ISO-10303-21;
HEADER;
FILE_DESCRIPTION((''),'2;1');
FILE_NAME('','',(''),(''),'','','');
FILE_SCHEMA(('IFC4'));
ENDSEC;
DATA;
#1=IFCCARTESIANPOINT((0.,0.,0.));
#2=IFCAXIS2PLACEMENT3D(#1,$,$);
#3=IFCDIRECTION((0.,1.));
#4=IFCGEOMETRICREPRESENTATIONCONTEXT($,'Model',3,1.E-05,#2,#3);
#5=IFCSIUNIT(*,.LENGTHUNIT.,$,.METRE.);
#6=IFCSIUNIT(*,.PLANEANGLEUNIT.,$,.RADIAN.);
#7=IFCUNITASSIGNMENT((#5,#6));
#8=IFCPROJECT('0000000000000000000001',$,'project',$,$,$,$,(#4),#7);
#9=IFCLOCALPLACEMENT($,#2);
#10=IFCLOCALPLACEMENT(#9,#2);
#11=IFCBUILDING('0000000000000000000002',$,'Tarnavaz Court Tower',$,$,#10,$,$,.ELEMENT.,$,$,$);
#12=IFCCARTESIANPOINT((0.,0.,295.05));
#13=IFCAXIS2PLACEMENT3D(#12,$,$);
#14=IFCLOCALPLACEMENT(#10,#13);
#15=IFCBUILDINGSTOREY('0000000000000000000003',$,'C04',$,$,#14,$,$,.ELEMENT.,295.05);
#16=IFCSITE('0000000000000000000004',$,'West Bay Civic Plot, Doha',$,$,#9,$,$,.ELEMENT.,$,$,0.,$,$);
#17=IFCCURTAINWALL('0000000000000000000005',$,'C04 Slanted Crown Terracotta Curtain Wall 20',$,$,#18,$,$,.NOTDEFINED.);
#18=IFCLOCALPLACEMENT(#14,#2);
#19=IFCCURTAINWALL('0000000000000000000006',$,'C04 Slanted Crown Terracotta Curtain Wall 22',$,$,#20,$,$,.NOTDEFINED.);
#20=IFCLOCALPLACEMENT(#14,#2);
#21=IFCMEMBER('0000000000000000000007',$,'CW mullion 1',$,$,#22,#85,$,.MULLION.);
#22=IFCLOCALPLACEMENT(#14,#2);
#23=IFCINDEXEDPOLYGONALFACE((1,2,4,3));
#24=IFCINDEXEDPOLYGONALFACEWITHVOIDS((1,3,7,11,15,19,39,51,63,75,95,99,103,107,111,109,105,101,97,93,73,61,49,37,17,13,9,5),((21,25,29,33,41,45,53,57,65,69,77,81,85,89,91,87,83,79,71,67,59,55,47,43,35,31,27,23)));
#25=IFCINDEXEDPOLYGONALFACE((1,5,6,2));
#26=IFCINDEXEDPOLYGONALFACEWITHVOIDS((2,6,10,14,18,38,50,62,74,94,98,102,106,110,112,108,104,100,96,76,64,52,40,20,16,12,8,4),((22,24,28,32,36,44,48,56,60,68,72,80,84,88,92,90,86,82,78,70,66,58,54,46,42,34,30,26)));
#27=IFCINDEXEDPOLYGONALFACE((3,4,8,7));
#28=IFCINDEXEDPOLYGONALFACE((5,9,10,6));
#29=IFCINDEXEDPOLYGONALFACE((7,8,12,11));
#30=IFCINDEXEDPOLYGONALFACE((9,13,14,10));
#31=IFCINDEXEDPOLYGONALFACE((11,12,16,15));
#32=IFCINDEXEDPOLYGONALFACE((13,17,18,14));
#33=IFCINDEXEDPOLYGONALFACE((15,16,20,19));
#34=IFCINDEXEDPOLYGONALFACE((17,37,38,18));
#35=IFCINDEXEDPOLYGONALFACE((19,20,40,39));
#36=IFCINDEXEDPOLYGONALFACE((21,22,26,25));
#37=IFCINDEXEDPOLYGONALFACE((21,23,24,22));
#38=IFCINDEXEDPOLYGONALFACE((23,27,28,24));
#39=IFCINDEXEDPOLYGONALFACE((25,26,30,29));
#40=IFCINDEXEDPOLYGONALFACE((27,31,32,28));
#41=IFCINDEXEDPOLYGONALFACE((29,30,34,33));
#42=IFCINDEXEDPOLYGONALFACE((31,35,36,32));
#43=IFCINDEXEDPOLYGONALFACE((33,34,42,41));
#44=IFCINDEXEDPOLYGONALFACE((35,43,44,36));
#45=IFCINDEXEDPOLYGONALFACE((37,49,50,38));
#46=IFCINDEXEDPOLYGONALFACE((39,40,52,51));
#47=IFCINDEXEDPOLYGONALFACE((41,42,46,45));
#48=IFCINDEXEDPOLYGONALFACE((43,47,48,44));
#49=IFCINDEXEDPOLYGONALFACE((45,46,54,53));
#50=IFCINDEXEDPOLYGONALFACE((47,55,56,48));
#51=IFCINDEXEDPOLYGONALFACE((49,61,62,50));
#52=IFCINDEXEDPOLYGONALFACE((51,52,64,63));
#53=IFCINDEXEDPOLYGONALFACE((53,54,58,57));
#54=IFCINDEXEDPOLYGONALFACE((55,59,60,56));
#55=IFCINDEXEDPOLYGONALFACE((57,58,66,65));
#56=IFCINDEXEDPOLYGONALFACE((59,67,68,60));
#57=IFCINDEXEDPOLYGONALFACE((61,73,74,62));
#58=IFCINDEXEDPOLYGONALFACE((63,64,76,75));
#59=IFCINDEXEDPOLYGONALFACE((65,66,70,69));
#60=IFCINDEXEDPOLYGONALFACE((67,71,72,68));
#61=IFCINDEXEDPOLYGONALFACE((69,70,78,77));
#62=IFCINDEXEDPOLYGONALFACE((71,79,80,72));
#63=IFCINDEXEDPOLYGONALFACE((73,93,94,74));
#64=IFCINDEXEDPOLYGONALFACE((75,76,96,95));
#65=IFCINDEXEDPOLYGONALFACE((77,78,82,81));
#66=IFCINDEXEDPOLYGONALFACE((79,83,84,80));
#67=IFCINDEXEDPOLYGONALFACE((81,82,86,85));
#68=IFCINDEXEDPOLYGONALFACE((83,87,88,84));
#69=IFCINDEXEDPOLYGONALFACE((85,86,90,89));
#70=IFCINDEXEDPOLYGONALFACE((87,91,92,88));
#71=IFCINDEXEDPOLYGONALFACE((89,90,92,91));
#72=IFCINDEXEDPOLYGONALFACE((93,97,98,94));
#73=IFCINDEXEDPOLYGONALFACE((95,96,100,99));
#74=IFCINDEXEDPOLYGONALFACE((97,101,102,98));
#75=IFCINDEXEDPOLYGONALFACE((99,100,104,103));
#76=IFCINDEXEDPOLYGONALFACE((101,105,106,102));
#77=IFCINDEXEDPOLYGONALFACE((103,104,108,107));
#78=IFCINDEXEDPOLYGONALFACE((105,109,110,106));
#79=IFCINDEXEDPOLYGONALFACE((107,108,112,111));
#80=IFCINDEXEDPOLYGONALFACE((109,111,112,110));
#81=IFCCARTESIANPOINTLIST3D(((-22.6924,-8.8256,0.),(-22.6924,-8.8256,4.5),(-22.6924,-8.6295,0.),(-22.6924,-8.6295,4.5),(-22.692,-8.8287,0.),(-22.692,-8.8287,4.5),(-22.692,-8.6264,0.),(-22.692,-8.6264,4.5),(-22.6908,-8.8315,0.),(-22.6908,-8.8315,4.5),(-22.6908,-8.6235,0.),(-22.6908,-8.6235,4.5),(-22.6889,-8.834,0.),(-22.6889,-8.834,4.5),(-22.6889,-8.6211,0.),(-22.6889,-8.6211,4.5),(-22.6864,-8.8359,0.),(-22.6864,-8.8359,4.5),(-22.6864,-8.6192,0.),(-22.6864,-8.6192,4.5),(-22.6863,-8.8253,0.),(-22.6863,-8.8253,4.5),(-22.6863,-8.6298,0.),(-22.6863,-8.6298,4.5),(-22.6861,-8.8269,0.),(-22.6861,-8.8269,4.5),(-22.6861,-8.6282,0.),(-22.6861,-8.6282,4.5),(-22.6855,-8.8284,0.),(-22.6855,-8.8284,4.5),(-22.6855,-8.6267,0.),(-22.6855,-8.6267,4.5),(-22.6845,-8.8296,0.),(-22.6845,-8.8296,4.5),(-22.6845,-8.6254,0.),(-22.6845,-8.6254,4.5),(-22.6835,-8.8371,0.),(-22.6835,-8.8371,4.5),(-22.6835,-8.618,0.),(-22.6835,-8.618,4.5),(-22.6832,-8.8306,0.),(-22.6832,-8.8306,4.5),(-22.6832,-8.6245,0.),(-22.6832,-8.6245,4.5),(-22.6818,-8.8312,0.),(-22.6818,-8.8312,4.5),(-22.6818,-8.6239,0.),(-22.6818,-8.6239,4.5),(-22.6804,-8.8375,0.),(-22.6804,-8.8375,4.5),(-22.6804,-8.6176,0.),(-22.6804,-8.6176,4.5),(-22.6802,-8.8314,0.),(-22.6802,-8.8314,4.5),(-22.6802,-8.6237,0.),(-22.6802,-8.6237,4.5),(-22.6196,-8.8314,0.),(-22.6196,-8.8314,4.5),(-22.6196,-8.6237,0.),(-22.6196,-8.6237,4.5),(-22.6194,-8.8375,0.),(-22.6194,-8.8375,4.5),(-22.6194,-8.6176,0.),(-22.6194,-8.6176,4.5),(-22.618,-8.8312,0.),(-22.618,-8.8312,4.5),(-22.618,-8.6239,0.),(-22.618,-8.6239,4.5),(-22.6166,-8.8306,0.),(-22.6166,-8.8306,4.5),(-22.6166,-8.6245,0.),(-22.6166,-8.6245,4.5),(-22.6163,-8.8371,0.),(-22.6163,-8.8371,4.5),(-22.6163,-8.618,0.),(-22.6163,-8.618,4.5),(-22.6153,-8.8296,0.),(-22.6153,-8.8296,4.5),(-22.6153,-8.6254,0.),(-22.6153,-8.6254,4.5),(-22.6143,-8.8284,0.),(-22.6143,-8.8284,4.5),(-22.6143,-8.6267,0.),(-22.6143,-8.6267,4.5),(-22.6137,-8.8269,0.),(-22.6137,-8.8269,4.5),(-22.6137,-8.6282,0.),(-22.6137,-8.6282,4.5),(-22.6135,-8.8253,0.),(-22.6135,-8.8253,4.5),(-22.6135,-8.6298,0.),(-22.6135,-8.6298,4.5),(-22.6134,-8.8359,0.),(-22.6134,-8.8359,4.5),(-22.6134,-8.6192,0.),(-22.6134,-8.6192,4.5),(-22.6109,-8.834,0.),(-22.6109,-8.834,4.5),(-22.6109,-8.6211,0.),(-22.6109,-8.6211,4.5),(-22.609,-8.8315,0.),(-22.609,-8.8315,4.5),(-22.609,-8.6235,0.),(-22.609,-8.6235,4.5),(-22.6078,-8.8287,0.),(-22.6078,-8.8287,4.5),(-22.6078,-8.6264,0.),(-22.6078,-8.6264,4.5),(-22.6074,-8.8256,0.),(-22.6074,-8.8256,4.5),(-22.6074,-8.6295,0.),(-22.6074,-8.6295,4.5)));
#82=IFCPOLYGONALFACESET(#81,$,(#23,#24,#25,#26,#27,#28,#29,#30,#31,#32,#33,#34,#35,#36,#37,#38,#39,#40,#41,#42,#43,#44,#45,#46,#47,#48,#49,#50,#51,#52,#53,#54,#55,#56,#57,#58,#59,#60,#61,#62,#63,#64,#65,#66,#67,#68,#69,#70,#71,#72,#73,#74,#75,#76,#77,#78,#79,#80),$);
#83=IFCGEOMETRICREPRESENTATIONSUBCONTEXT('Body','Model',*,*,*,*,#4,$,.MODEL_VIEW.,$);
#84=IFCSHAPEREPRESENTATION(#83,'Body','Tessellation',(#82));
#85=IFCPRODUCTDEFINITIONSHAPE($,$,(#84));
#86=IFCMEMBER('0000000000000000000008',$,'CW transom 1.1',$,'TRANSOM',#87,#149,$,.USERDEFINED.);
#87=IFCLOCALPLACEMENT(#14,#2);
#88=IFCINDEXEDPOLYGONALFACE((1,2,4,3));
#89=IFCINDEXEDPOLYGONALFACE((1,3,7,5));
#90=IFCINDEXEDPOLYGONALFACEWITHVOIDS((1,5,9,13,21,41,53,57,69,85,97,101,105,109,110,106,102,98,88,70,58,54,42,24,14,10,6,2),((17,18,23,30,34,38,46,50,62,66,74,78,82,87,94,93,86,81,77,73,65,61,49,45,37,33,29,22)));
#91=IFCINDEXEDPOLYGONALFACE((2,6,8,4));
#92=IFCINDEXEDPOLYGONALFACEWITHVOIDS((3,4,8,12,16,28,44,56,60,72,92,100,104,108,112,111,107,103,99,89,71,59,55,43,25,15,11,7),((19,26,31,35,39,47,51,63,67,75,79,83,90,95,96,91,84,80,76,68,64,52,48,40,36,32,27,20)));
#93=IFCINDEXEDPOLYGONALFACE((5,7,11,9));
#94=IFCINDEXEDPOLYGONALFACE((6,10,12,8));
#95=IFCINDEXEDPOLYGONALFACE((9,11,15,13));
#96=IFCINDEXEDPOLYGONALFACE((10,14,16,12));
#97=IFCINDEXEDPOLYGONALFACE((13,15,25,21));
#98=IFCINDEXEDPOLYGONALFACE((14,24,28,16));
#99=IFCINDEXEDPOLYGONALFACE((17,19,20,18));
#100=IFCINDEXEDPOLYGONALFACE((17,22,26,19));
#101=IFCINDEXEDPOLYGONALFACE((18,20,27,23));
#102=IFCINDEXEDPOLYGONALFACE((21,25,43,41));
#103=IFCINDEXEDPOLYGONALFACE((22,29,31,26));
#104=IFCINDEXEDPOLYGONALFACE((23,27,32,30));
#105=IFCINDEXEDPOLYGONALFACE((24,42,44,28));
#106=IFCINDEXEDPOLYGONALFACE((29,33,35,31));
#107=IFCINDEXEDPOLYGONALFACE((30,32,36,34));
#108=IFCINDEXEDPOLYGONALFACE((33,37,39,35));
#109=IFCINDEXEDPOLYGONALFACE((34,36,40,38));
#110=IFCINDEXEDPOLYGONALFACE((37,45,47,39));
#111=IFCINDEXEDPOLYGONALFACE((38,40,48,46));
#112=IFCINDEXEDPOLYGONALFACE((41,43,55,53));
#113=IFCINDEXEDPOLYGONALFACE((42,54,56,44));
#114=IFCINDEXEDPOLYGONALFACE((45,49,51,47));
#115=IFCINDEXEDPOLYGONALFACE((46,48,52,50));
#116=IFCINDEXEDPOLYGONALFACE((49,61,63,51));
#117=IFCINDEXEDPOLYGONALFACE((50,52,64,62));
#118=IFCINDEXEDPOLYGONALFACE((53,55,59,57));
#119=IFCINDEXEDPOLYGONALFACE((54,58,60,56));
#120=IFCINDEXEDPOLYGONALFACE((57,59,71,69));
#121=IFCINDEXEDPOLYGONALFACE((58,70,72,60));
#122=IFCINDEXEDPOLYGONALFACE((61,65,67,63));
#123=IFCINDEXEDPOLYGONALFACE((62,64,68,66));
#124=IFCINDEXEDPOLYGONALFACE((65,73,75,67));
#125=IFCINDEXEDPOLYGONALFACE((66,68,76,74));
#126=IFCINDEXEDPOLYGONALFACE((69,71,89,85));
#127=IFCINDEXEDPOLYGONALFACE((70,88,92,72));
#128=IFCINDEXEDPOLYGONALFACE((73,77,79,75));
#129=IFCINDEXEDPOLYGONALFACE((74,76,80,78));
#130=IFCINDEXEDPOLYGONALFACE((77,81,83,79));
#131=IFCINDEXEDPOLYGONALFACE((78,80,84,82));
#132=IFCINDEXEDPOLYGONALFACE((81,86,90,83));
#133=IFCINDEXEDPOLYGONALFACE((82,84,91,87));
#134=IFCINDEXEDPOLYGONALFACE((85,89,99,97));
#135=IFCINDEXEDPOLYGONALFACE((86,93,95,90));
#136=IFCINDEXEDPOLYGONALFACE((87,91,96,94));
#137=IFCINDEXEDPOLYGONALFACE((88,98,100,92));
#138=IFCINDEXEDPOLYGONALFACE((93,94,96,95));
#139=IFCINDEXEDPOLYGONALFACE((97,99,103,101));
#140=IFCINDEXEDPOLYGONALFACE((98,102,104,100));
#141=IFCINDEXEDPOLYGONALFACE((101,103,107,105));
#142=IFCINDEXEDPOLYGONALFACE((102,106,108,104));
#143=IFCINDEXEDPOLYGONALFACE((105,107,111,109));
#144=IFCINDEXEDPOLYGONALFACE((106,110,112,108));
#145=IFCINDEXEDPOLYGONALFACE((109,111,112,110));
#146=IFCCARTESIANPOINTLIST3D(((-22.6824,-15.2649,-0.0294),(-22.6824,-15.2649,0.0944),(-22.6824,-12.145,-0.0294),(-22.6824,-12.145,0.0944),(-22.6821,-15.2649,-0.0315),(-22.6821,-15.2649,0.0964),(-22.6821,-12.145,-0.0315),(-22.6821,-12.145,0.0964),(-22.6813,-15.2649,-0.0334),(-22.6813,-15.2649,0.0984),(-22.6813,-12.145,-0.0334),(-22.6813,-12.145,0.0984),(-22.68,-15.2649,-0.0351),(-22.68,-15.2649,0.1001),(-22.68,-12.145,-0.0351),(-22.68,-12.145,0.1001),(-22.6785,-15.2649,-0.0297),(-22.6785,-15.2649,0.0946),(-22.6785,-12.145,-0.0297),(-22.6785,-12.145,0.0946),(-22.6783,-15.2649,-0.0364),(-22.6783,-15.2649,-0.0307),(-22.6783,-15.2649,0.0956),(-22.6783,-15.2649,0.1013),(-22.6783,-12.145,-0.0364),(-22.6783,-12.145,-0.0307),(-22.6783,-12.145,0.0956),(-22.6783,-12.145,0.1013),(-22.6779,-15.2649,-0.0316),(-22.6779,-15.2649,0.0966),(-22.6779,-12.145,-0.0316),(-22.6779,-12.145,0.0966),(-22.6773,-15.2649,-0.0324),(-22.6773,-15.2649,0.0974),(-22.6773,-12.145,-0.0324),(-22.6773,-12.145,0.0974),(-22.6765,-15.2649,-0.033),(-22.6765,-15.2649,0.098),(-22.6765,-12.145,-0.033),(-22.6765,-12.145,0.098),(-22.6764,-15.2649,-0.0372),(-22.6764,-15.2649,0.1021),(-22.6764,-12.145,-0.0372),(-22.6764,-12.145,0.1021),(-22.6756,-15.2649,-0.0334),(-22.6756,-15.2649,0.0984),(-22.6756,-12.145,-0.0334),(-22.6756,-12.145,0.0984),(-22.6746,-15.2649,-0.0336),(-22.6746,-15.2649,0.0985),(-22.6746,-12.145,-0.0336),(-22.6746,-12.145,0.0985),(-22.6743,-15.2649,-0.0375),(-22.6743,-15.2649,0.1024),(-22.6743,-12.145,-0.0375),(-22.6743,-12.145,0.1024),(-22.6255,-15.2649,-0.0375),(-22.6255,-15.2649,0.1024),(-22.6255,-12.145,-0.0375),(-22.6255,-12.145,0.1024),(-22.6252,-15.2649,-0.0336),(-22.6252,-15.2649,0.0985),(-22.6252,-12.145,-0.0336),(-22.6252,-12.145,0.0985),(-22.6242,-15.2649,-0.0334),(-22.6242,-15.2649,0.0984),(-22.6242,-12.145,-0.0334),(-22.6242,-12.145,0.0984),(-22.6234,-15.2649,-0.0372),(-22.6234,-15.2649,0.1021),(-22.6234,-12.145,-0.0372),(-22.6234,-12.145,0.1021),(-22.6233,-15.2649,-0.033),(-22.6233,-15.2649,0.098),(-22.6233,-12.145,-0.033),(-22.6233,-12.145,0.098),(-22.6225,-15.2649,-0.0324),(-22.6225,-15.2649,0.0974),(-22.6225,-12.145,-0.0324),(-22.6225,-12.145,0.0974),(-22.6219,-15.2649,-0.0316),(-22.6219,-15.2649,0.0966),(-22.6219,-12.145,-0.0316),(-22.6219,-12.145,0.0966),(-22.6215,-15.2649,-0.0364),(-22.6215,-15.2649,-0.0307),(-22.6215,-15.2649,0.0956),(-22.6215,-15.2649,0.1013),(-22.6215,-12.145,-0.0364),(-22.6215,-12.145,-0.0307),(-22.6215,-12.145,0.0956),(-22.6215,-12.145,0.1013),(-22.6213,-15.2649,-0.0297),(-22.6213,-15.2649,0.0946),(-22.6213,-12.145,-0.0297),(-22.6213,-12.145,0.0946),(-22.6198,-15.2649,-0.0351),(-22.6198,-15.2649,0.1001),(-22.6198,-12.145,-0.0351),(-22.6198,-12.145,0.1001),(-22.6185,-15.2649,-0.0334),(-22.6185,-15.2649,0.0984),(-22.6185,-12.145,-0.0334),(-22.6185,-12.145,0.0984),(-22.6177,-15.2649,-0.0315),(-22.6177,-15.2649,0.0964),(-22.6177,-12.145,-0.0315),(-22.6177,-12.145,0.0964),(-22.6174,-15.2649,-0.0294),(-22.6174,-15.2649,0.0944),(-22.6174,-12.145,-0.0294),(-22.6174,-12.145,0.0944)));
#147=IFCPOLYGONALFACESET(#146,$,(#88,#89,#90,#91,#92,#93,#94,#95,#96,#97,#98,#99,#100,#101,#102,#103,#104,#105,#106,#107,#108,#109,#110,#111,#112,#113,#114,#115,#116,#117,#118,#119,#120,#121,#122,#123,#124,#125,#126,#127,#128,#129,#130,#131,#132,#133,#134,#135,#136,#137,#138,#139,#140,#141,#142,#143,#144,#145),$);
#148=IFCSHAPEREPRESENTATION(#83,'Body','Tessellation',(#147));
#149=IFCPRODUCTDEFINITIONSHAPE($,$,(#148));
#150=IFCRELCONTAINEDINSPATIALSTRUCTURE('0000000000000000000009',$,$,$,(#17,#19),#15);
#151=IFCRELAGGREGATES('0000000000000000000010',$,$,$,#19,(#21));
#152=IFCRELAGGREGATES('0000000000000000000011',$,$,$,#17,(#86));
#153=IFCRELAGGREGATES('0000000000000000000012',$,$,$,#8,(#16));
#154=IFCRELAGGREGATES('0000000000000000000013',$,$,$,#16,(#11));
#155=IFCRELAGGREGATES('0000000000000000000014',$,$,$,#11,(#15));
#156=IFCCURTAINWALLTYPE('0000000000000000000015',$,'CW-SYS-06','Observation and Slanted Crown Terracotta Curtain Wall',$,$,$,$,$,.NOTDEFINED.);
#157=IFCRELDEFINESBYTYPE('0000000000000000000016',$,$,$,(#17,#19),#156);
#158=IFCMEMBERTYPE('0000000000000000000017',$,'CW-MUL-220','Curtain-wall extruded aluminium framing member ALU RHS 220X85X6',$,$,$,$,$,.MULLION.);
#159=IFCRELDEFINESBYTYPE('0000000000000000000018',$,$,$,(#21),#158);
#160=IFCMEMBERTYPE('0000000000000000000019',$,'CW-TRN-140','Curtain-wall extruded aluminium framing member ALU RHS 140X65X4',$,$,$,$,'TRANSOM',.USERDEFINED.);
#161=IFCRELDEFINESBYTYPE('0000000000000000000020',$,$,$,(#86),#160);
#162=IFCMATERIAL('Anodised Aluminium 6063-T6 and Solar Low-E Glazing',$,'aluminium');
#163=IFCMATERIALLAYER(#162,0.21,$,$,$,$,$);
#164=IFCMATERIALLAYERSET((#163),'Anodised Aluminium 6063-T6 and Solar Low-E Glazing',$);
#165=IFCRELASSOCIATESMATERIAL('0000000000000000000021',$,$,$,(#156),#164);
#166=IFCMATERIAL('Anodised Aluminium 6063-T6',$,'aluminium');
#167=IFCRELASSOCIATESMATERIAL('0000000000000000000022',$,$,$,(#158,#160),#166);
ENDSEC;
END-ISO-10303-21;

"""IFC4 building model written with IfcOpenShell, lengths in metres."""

from ifc_helpers import new_model, si_unit, direction, frame, origin, origin_2d, place, context, subcontext, project, spatial, hollow_rectangle, extrude, material, layer, layer_set, material_profile, profile_set, type_object, element, aggregate, save


model = new_model("IFC4")

# Units and contexts
model_context = context("Model", 3, precision=1e-05, world=origin(), true_north=direction((0.0, 1.0)))
body_context = subcontext(model_context, "Body", "Model", "MODEL_VIEW")
ifc_project = project(units=[si_unit("LENGTHUNIT", "METRE"), si_unit("PLANEANGLEUNIT", "RADIAN")], contexts=[model_context])

# Site, building, storey
site_placement = place(None, origin())
site = spatial("IfcSite", under=ifc_project, at=site_placement, Name="West Bay Civic Plot, Doha", CompositionType="ELEMENT", RefElevation=0.0)
building_placement = place(site_placement, origin())
building = spatial("IfcBuilding", under=site, at=building_placement, Name="Tarnavaz Court Tower", CompositionType="ELEMENT")
storey_placement = place(building_placement, frame((0.0, 0.0, 295.05)))
storey = spatial("IfcBuildingStorey", under=building, at=storey_placement, Name="C04", CompositionType="ELEMENT", Elevation=295.05)

# Curtain wall
ifc_material_1 = material(Name="Anodised Aluminium 6063-T6 and Solar Low-E Glazing", Category="aluminium")
ifc_layer_1 = layer(ifc_material_1, 0.21)
ifc_layer_set_1 = layer_set([ifc_layer_1], Name="Anodised Aluminium 6063-T6 and Solar Low-E Glazing")
curtain_wall_type = type_object("IfcCurtainWallType", Name="CW-SYS-06", Description="Observation and Slanted Crown Terracotta Curtain Wall", PredefinedType="NOTDEFINED", material=ifc_layer_set_1)
curtain_wall_1_placement = place(storey_placement, origin())
curtain_wall_1 = element("IfcCurtainWall", 1, at=curtain_wall_1_placement, inside=storey, type_object=curtain_wall_type, Name="C04 Slanted Crown Terracotta Curtain Wall 20", PredefinedType="NOTDEFINED")
ifc_material_2 = material(Name="Anodised Aluminium 6063-T6", Category="aluminium")
ifc_material_profile_1 = material_profile(ifc_material_2, hollow_rectangle(XDim=0.085, YDim=0.22, WallThickness=0.0061, InnerFilletRadius=0.0061, OuterFilletRadius=0.012, at=origin_2d()), Name="ALU RHS 220X85X6")
ifc_profile_set_1 = profile_set([ifc_material_profile_1], Name="Anodised Aluminium 6063-T6")
member_type_1 = type_object("IfcMemberType", Name="CW-MUL-220", Description="Curtain-wall extruded aluminium framing member ALU RHS 220X85X6", PredefinedType="MULLION", material=ifc_profile_set_1)

# Curtain wall, member
curtain_wall_2_placement = place(storey_placement, origin())
curtain_wall_2 = element("IfcCurtainWall", 2, at=curtain_wall_2_placement, inside=storey, type_object=curtain_wall_type, Name="C04 Slanted Crown Terracotta Curtain Wall 22", PredefinedType="NOTDEFINED")
member_1_placement = place(storey_placement, frame((-22.6499, -8.7275, 0.0), z_axis=(0.0, 0.0, 1.0), x_axis=(-1.0, 0.0, 0.0)))
member_1 = element("IfcMember", 3, at=member_1_placement, type_object=member_type_1, Name="CW mullion 1", PredefinedType="MULLION", context=body_context, shape_type="SweptSolid", body=[
    extrude(hollow_rectangle(XDim=0.085, YDim=0.22, WallThickness=0.0061, InnerFilletRadius=0.0061, OuterFilletRadius=0.012, at=origin_2d()), origin(), (0.0, 0.0, 1.0), 4.5),
])

# Member
ifc_material_profile_2 = material_profile(ifc_material_2, hollow_rectangle(XDim=0.0649, YDim=0.1399, WallThickness=0.0039, InnerFilletRadius=0.0039, OuterFilletRadius=0.0081, at=origin_2d()), Name="ALU RHS 140X65X4")
ifc_profile_set_2 = profile_set([ifc_material_profile_2], Name="Anodised Aluminium 6063-T6")
member_type_2 = type_object("IfcMemberType", Name="CW-TRN-140", Description="Curtain-wall extruded aluminium framing member ALU RHS 140X65X4", ElementType="TRANSOM", PredefinedType="USERDEFINED", material=ifc_profile_set_2)
member_2_placement = place(storey_placement, frame((-22.6499, -15.2649, 0.0325), z_axis=(0.0, 1.0, 0.0), x_axis=(-1.0, 0.0, 0.0)))
member_2 = element("IfcMember", 4, at=member_2_placement, type_object=member_type_2, Name="CW transom 1.1", ObjectType="TRANSOM", PredefinedType="USERDEFINED", context=body_context, shape_type="SweptSolid", body=[
    extrude(hollow_rectangle(XDim=0.0649, YDim=0.1399, WallThickness=0.0039, InnerFilletRadius=0.0039, OuterFilletRadius=0.0081, at=origin_2d()), origin(), (0.0, 0.0, 1.0), 3.1199),
])
aggregate(curtain_wall_2, [member_1])

aggregate(curtain_wall_1, [member_2])

save(model, "model.ifc")
